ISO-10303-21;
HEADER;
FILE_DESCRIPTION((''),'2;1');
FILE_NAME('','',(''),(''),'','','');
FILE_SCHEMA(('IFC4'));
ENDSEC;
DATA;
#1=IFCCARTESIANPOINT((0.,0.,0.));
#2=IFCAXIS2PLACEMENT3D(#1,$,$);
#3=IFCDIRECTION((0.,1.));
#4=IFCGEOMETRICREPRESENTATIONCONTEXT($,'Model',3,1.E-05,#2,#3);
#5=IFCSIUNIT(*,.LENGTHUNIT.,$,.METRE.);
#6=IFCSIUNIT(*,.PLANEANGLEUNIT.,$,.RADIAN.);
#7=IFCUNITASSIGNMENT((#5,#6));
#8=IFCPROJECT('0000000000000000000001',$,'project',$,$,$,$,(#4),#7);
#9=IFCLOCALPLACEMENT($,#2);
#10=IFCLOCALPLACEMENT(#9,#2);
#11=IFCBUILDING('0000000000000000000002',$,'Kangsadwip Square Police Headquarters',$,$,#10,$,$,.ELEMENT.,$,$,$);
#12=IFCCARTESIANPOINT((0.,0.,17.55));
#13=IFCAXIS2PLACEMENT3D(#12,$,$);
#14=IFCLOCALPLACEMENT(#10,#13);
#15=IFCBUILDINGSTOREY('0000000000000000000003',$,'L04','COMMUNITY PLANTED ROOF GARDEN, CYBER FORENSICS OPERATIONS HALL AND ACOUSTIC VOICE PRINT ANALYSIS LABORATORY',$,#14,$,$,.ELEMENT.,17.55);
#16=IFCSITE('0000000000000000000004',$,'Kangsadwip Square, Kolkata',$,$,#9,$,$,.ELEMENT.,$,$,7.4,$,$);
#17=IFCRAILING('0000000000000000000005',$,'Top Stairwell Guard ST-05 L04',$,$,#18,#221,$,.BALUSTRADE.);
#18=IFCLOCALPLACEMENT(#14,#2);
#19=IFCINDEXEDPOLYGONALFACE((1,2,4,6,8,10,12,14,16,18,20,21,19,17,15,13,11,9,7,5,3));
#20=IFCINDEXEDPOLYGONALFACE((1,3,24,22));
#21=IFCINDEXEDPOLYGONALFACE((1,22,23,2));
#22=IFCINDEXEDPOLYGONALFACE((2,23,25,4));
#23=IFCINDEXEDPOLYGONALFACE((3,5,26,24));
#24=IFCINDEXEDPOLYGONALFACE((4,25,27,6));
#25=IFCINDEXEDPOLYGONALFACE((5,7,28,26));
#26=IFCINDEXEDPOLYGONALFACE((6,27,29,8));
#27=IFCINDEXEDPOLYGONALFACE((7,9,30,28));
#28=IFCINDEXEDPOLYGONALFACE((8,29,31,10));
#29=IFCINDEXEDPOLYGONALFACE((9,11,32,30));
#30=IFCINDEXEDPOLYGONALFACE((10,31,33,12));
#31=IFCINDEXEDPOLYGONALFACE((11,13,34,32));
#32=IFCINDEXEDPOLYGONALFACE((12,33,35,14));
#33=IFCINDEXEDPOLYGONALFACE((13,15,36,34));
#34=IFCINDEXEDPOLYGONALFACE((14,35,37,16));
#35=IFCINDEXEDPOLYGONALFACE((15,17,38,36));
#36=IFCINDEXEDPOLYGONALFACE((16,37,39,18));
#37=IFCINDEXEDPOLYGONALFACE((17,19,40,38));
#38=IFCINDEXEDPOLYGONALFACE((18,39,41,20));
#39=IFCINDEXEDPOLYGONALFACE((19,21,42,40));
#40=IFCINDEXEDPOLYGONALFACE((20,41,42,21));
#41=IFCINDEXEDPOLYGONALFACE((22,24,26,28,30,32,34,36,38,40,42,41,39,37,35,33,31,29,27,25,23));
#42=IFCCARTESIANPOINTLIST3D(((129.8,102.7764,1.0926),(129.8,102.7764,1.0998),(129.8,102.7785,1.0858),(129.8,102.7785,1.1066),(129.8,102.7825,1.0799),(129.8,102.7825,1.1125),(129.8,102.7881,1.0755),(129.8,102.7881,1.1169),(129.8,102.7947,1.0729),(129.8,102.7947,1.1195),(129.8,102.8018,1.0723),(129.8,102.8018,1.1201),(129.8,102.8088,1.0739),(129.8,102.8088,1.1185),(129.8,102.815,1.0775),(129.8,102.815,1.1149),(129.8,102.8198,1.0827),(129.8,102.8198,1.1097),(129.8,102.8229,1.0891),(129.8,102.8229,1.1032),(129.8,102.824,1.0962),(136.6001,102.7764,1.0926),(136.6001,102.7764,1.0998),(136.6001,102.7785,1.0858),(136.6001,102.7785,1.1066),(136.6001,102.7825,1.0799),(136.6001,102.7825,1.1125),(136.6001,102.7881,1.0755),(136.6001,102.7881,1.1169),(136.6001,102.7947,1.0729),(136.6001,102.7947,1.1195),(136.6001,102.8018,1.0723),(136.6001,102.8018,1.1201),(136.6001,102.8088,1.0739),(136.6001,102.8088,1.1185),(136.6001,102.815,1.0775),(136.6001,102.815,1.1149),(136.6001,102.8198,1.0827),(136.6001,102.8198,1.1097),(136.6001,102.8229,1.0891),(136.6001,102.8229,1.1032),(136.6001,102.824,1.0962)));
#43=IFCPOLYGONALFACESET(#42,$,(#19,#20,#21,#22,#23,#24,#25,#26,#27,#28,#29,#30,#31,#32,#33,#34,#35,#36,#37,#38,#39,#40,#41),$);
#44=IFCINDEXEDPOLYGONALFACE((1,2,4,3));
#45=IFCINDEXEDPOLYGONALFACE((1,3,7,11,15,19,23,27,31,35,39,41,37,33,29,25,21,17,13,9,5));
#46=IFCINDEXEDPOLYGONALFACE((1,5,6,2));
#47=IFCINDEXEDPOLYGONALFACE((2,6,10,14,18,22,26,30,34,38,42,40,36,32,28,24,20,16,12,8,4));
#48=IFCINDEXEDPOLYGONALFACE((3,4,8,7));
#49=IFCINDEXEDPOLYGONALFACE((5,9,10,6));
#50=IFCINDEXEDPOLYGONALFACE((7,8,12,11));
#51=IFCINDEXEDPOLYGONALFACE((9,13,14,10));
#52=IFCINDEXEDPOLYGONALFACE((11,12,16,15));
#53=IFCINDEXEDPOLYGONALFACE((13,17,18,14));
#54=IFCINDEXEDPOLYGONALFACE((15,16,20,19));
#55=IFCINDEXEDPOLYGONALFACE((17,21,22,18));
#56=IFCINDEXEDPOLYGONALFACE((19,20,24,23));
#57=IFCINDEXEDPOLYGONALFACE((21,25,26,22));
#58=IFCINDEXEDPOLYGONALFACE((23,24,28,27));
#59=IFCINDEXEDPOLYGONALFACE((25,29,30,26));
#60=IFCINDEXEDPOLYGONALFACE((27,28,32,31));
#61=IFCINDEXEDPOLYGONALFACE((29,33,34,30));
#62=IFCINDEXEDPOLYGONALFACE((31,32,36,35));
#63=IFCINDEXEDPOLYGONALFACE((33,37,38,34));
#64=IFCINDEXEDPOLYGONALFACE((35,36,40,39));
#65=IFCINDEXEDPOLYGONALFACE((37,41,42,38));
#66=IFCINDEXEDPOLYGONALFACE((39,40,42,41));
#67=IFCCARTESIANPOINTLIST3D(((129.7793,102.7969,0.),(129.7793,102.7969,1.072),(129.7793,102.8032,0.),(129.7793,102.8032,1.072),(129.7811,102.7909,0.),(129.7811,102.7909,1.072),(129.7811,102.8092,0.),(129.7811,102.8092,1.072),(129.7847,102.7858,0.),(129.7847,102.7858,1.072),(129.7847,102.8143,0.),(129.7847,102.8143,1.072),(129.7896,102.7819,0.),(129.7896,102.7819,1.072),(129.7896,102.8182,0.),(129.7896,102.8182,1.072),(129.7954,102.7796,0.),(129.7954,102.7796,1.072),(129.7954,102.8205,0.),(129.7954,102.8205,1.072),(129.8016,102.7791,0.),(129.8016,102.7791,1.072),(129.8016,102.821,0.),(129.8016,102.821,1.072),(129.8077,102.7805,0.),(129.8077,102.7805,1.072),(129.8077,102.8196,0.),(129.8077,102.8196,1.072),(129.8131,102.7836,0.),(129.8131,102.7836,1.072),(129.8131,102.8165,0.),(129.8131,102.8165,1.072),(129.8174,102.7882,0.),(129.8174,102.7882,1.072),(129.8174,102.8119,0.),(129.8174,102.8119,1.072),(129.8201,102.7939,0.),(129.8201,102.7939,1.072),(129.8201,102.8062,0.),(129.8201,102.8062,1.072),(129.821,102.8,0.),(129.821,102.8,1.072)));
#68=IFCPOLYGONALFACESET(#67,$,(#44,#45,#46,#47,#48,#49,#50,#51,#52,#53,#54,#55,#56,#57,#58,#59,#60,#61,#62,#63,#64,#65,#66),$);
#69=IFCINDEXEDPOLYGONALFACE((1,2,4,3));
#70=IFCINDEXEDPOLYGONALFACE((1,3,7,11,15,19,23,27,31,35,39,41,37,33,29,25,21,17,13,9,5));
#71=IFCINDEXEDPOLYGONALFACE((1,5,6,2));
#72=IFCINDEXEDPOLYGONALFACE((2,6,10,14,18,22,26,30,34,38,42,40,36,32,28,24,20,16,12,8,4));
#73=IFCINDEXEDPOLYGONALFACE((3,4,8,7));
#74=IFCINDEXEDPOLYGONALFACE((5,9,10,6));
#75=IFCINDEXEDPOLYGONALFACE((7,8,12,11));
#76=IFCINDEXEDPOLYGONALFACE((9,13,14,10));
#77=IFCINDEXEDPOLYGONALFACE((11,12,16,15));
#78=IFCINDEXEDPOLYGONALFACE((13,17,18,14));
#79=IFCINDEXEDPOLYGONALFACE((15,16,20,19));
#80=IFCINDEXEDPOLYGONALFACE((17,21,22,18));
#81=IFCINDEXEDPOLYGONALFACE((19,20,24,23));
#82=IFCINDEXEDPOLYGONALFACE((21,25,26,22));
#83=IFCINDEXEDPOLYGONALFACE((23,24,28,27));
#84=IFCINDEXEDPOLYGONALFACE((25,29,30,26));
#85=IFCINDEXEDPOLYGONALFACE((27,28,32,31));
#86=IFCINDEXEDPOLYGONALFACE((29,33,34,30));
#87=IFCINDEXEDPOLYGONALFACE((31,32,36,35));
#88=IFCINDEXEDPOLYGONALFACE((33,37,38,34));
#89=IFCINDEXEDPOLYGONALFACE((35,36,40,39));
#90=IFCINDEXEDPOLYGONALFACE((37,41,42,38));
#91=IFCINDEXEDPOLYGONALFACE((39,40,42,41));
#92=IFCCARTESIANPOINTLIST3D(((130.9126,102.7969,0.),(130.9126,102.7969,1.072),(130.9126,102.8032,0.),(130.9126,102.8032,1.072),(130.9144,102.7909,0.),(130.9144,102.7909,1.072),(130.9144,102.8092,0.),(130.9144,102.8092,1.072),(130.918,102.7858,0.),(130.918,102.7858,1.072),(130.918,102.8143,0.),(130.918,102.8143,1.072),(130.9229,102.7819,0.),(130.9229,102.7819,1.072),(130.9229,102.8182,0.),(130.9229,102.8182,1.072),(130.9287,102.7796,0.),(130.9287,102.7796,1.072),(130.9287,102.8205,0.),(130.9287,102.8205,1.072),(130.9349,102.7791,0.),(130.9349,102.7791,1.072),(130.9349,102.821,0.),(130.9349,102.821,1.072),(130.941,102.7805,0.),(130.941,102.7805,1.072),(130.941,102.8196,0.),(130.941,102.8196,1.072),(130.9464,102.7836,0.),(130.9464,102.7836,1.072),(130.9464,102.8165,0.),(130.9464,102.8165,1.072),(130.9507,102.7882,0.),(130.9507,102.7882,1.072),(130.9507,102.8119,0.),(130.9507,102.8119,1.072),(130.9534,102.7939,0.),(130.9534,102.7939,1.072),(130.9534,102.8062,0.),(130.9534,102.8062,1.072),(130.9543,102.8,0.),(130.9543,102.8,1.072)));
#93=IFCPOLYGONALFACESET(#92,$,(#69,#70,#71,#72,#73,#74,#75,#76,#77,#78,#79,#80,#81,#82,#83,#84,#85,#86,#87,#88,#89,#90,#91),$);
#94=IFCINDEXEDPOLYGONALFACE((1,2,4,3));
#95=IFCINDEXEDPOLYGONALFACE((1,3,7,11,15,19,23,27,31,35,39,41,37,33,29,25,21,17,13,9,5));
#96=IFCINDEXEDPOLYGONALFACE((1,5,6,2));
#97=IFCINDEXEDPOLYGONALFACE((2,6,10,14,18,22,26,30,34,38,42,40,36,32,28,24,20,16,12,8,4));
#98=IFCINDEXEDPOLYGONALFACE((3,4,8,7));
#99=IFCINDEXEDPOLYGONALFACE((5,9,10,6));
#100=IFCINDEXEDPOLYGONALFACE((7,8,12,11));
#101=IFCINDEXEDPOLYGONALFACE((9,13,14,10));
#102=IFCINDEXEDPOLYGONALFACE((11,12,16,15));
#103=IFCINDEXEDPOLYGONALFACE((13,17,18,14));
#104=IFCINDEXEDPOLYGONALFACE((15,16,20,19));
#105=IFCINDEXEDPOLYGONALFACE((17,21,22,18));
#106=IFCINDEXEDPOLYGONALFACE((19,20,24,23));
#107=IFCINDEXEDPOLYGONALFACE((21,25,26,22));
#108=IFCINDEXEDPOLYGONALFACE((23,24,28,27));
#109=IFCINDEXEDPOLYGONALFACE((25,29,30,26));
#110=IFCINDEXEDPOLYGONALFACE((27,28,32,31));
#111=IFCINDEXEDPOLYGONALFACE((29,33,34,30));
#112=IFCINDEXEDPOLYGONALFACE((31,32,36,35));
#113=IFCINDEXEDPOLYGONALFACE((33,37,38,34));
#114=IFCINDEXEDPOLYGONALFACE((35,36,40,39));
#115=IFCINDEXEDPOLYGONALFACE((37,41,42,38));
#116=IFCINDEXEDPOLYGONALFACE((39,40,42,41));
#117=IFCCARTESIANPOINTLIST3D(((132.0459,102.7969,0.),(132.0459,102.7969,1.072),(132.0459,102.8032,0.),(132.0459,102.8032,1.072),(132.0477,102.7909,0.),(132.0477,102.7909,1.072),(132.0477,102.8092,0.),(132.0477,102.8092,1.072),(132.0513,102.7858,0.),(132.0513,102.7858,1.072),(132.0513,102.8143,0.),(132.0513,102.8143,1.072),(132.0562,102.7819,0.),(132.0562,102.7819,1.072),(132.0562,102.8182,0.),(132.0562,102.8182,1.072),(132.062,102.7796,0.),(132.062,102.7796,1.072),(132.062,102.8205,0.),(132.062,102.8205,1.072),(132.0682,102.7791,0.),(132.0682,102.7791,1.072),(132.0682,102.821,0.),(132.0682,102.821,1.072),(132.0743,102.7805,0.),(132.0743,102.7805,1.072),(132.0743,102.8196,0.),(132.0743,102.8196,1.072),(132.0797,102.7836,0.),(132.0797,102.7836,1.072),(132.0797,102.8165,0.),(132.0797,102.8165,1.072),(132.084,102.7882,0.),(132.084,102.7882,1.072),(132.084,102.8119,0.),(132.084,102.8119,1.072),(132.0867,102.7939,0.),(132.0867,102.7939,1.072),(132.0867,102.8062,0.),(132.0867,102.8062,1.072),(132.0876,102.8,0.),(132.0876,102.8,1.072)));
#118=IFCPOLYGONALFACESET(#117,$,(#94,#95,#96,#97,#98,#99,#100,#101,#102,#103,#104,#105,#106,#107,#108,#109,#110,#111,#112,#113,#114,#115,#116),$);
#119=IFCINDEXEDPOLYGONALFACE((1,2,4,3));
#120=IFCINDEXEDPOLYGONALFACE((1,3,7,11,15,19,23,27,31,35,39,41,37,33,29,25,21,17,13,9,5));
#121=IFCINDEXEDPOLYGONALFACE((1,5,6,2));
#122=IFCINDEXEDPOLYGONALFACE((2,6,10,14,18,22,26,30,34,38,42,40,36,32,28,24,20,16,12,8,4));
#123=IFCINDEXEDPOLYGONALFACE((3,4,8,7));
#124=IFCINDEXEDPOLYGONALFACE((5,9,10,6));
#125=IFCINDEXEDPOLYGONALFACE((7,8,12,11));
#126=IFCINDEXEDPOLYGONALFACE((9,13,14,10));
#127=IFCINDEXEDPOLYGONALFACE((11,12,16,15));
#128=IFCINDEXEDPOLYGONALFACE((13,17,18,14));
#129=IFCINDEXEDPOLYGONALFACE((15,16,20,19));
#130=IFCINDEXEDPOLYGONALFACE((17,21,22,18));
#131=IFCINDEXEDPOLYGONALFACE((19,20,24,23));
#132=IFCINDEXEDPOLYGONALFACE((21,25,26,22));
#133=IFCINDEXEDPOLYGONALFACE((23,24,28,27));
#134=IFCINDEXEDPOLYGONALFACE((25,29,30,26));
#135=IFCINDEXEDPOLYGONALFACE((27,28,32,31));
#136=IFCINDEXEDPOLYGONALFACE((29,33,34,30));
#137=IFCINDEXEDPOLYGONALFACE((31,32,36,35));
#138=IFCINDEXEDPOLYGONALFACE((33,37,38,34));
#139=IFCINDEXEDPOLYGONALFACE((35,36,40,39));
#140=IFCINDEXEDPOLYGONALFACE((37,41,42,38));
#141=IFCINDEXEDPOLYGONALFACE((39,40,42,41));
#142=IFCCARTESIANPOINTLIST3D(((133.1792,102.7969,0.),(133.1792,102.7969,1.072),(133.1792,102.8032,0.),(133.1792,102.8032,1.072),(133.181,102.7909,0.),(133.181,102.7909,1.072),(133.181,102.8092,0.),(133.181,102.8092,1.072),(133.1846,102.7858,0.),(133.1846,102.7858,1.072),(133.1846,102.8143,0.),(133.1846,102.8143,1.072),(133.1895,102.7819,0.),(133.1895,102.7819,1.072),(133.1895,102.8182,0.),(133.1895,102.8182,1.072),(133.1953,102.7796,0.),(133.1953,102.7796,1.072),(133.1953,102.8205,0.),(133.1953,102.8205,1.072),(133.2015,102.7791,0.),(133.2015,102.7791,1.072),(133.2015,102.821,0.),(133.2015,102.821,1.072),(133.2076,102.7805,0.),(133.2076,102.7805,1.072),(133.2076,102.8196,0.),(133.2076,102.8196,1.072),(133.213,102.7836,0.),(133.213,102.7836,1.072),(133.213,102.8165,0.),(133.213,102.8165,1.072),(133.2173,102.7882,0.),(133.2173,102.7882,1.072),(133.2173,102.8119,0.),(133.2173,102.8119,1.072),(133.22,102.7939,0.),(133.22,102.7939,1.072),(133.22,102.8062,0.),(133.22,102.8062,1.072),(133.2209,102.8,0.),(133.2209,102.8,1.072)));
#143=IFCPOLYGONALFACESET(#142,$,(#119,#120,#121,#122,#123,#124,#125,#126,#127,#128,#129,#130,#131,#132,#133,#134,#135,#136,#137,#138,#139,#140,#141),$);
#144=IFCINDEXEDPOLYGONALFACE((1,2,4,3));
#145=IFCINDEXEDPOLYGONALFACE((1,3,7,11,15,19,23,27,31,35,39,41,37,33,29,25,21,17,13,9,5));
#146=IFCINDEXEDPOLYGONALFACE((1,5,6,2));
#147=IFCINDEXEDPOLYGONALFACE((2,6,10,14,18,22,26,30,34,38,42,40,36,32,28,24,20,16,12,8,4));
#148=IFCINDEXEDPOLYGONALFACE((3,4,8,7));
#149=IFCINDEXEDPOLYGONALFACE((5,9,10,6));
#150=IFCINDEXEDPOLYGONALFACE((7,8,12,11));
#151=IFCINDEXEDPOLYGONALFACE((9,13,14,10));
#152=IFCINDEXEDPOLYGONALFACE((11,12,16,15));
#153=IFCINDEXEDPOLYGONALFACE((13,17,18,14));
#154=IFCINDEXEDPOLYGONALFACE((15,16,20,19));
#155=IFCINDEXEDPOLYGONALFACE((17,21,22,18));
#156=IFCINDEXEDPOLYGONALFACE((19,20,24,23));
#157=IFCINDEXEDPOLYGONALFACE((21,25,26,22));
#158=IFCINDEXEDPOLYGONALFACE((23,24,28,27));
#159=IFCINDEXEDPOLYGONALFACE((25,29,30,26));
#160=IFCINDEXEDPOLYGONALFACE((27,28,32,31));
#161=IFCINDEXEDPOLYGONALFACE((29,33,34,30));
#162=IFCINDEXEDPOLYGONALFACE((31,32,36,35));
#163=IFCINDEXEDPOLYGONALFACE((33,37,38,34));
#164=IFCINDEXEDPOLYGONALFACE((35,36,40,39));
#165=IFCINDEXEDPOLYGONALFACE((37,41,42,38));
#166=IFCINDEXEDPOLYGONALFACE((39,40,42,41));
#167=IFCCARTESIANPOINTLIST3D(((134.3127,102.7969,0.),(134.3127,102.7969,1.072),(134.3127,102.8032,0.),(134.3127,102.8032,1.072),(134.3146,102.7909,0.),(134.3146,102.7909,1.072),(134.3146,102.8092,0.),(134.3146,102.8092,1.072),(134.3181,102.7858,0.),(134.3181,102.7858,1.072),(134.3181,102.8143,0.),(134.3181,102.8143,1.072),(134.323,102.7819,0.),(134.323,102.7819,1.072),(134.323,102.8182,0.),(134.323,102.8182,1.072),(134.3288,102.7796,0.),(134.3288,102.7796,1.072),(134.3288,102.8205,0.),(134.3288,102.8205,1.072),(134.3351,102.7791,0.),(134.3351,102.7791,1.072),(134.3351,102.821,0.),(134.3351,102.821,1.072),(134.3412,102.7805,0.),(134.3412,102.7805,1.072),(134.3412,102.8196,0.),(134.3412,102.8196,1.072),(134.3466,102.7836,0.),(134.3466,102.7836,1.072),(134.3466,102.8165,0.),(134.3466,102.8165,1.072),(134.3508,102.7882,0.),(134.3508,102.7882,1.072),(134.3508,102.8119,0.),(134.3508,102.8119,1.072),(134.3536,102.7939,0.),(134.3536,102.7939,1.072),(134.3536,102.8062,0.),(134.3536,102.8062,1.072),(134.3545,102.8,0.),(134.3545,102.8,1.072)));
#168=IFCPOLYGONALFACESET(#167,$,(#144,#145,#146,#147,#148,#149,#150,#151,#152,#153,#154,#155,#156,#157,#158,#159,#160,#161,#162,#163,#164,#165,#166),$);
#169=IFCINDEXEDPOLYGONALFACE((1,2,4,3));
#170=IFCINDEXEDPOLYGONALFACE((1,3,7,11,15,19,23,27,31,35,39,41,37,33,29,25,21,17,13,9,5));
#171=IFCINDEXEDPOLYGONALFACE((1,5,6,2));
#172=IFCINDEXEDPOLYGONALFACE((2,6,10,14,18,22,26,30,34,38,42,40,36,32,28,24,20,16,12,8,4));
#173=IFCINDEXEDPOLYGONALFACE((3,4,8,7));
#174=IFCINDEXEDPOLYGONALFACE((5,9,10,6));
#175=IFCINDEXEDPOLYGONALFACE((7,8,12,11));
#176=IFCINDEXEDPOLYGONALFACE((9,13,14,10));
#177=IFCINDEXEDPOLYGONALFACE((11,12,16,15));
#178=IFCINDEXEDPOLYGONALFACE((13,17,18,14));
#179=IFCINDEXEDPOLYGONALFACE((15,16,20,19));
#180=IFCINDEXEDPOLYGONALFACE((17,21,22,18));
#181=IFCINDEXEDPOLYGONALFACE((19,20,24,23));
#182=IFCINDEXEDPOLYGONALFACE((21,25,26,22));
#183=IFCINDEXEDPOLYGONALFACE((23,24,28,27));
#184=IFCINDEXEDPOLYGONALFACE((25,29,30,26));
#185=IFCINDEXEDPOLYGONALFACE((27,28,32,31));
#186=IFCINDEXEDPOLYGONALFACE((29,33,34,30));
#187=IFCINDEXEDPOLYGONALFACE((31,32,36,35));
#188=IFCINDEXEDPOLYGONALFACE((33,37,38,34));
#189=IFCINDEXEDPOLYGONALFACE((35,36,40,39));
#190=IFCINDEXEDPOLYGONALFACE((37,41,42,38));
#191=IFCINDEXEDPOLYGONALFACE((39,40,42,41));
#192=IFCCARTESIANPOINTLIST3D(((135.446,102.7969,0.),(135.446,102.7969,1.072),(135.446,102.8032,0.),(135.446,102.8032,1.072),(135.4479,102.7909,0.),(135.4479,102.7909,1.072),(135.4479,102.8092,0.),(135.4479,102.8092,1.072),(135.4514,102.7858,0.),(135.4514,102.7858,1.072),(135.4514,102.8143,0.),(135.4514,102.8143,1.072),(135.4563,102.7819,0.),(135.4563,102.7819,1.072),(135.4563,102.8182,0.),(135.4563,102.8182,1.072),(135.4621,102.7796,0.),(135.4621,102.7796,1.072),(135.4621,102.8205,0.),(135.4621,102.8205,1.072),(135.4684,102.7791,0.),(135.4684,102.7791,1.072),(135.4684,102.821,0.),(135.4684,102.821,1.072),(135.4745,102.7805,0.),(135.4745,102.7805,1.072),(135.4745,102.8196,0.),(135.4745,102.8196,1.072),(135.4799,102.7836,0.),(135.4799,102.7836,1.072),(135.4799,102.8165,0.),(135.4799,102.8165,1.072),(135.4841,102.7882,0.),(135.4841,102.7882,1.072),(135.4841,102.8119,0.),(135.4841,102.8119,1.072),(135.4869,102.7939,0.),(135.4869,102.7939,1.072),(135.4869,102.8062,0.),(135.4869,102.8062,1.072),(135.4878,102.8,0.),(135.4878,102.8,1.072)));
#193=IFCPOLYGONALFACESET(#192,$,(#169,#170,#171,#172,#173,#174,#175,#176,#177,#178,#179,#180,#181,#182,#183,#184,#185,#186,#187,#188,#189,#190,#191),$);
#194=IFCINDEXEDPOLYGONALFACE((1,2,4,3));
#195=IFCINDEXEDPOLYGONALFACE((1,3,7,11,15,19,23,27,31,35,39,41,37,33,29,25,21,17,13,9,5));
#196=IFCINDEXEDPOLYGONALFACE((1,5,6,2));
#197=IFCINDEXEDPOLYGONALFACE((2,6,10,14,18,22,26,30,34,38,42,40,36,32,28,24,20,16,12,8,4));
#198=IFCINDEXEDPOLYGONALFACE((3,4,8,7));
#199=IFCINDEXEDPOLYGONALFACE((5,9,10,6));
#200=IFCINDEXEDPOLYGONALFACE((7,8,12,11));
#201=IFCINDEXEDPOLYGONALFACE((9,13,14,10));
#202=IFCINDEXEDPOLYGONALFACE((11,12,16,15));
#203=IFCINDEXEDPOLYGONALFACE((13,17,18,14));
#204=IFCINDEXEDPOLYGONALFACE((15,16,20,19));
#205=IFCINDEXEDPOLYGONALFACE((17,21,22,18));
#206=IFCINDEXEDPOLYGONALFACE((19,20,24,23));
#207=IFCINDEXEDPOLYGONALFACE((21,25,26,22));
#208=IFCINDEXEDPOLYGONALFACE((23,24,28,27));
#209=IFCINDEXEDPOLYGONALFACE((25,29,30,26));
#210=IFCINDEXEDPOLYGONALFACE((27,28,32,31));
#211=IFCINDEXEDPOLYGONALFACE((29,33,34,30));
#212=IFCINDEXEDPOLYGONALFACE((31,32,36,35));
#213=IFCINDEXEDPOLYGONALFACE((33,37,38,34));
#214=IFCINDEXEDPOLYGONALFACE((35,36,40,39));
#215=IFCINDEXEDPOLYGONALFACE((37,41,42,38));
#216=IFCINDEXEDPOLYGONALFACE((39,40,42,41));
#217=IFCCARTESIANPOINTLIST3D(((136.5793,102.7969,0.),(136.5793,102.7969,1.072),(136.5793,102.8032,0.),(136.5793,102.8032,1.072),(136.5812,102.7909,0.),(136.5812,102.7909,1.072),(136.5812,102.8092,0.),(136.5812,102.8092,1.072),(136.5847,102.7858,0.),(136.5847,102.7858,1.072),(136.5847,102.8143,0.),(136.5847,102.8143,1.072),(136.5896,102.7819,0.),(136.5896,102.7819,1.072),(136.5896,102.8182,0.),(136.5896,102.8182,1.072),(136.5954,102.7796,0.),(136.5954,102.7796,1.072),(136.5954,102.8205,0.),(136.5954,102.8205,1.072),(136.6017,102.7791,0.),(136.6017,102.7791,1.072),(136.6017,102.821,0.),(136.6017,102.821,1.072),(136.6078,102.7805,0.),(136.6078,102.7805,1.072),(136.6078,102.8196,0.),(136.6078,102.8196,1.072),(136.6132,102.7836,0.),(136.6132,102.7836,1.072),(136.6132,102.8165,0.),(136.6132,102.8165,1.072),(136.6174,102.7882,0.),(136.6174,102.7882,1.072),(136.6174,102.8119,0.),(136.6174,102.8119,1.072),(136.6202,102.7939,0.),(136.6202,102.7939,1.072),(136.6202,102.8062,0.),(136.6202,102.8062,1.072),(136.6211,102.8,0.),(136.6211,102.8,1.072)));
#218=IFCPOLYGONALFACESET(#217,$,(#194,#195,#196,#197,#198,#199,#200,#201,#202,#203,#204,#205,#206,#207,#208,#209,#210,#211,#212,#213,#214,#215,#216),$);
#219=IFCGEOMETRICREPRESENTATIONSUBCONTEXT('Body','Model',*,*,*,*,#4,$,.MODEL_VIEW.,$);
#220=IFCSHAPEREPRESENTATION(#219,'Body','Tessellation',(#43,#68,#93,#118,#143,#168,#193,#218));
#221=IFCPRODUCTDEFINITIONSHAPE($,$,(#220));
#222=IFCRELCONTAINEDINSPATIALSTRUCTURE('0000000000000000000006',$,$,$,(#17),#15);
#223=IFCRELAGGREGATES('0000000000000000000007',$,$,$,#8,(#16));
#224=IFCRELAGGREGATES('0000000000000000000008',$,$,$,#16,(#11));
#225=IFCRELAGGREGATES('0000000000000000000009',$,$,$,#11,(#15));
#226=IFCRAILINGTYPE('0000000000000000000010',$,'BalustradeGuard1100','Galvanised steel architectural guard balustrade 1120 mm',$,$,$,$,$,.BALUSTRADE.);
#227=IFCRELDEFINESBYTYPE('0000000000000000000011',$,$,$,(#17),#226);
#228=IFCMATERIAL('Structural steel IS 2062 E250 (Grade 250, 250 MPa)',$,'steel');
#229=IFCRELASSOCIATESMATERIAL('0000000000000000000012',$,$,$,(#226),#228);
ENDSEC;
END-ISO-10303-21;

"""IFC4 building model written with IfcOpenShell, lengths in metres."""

from ifc_helpers import new_model, si_unit, direction, frame, origin, origin_2d, place, context, subcontext, project, spatial, circle, extrude, material, type_object, element, save


model = new_model("IFC4")

# Units and contexts
model_context = context("Model", 3, precision=1e-05, world=origin(), true_north=direction((0.0, 1.0)))
body_context = subcontext(model_context, "Body", "Model", "MODEL_VIEW")
ifc_project = project(units=[si_unit("LENGTHUNIT", "METRE"), si_unit("PLANEANGLEUNIT", "RADIAN")], contexts=[model_context])

# Site, building, storey
site_placement = place(None, origin())
site = spatial("IfcSite", under=ifc_project, at=site_placement, Name="Kangsadwip Square, Kolkata", CompositionType="ELEMENT", RefElevation=7.4)
building_placement = place(site_placement, origin())
building = spatial("IfcBuilding", under=site, at=building_placement, Name="Kangsadwip Square Police Headquarters", CompositionType="ELEMENT")
storey_placement = place(building_placement, frame((0.0, 0.0, 17.55)))
storey = spatial("IfcBuildingStorey", under=building, at=storey_placement, Name="L04", Description="COMMUNITY PLANTED ROOF GARDEN, CYBER FORENSICS OPERATIONS HALL AND ACOUSTIC VOICE PRINT ANALYSIS LABORATORY", CompositionType="ELEMENT", Elevation=17.55)

# Railing
ifc_material_1 = material(Name="Structural steel IS 2062 E250 (Grade 250, 250 MPa)", Category="steel")
railing_type = type_object("IfcRailingType", Name="BalustradeGuard1100", Description="Galvanised steel architectural guard balustrade 1120 mm", PredefinedType="BALUSTRADE", material=ifc_material_1)
railing_1_placement = place(storey_placement, frame((129.8, 102.8, 0.0)))
element("IfcRailing", 1, at=railing_1_placement, inside=storey, type_object=railing_type, Name="Top Stairwell Guard ST-05 L04", PredefinedType="BALUSTRADE", context=body_context, shape_type="SweptSolid", body=[
    extrude(circle(Radius=0.0239, at=origin_2d()), frame((0.0, 0.0, 1.0962), z_axis=(1.0, 0.0, 0.0), x_axis=(0.0, 1.0, 0.0)), (0.0, 0.0, 1.0), 6.8),
    extrude(circle(Radius=0.021, at=origin_2d()), origin(), (0.0, 0.0, 1.0), 1.072),
    extrude(circle(Radius=0.021, at=origin_2d()), frame((1.1333, 0.0, 0.0)), (0.0, 0.0, 1.0), 1.072),
    extrude(circle(Radius=0.021, at=origin_2d()), frame((2.2666, 0.0, 0.0)), (0.0, 0.0, 1.0), 1.072),
    extrude(circle(Radius=0.021, at=origin_2d()), frame((3.3999, 0.0, 0.0)), (0.0, 0.0, 1.0), 1.072),
    extrude(circle(Radius=0.021, at=origin_2d()), frame((4.5334, 0.0, 0.0)), (0.0, 0.0, 1.0), 1.072),
    extrude(circle(Radius=0.021, at=origin_2d()), frame((5.6667, 0.0, 0.0)), (0.0, 0.0, 1.0), 1.072),
    extrude(circle(Radius=0.021, at=origin_2d()), frame((6.8, 0.0, 0.0)), (0.0, 0.0, 1.0), 1.072),
])

save(model, "model.ifc")
